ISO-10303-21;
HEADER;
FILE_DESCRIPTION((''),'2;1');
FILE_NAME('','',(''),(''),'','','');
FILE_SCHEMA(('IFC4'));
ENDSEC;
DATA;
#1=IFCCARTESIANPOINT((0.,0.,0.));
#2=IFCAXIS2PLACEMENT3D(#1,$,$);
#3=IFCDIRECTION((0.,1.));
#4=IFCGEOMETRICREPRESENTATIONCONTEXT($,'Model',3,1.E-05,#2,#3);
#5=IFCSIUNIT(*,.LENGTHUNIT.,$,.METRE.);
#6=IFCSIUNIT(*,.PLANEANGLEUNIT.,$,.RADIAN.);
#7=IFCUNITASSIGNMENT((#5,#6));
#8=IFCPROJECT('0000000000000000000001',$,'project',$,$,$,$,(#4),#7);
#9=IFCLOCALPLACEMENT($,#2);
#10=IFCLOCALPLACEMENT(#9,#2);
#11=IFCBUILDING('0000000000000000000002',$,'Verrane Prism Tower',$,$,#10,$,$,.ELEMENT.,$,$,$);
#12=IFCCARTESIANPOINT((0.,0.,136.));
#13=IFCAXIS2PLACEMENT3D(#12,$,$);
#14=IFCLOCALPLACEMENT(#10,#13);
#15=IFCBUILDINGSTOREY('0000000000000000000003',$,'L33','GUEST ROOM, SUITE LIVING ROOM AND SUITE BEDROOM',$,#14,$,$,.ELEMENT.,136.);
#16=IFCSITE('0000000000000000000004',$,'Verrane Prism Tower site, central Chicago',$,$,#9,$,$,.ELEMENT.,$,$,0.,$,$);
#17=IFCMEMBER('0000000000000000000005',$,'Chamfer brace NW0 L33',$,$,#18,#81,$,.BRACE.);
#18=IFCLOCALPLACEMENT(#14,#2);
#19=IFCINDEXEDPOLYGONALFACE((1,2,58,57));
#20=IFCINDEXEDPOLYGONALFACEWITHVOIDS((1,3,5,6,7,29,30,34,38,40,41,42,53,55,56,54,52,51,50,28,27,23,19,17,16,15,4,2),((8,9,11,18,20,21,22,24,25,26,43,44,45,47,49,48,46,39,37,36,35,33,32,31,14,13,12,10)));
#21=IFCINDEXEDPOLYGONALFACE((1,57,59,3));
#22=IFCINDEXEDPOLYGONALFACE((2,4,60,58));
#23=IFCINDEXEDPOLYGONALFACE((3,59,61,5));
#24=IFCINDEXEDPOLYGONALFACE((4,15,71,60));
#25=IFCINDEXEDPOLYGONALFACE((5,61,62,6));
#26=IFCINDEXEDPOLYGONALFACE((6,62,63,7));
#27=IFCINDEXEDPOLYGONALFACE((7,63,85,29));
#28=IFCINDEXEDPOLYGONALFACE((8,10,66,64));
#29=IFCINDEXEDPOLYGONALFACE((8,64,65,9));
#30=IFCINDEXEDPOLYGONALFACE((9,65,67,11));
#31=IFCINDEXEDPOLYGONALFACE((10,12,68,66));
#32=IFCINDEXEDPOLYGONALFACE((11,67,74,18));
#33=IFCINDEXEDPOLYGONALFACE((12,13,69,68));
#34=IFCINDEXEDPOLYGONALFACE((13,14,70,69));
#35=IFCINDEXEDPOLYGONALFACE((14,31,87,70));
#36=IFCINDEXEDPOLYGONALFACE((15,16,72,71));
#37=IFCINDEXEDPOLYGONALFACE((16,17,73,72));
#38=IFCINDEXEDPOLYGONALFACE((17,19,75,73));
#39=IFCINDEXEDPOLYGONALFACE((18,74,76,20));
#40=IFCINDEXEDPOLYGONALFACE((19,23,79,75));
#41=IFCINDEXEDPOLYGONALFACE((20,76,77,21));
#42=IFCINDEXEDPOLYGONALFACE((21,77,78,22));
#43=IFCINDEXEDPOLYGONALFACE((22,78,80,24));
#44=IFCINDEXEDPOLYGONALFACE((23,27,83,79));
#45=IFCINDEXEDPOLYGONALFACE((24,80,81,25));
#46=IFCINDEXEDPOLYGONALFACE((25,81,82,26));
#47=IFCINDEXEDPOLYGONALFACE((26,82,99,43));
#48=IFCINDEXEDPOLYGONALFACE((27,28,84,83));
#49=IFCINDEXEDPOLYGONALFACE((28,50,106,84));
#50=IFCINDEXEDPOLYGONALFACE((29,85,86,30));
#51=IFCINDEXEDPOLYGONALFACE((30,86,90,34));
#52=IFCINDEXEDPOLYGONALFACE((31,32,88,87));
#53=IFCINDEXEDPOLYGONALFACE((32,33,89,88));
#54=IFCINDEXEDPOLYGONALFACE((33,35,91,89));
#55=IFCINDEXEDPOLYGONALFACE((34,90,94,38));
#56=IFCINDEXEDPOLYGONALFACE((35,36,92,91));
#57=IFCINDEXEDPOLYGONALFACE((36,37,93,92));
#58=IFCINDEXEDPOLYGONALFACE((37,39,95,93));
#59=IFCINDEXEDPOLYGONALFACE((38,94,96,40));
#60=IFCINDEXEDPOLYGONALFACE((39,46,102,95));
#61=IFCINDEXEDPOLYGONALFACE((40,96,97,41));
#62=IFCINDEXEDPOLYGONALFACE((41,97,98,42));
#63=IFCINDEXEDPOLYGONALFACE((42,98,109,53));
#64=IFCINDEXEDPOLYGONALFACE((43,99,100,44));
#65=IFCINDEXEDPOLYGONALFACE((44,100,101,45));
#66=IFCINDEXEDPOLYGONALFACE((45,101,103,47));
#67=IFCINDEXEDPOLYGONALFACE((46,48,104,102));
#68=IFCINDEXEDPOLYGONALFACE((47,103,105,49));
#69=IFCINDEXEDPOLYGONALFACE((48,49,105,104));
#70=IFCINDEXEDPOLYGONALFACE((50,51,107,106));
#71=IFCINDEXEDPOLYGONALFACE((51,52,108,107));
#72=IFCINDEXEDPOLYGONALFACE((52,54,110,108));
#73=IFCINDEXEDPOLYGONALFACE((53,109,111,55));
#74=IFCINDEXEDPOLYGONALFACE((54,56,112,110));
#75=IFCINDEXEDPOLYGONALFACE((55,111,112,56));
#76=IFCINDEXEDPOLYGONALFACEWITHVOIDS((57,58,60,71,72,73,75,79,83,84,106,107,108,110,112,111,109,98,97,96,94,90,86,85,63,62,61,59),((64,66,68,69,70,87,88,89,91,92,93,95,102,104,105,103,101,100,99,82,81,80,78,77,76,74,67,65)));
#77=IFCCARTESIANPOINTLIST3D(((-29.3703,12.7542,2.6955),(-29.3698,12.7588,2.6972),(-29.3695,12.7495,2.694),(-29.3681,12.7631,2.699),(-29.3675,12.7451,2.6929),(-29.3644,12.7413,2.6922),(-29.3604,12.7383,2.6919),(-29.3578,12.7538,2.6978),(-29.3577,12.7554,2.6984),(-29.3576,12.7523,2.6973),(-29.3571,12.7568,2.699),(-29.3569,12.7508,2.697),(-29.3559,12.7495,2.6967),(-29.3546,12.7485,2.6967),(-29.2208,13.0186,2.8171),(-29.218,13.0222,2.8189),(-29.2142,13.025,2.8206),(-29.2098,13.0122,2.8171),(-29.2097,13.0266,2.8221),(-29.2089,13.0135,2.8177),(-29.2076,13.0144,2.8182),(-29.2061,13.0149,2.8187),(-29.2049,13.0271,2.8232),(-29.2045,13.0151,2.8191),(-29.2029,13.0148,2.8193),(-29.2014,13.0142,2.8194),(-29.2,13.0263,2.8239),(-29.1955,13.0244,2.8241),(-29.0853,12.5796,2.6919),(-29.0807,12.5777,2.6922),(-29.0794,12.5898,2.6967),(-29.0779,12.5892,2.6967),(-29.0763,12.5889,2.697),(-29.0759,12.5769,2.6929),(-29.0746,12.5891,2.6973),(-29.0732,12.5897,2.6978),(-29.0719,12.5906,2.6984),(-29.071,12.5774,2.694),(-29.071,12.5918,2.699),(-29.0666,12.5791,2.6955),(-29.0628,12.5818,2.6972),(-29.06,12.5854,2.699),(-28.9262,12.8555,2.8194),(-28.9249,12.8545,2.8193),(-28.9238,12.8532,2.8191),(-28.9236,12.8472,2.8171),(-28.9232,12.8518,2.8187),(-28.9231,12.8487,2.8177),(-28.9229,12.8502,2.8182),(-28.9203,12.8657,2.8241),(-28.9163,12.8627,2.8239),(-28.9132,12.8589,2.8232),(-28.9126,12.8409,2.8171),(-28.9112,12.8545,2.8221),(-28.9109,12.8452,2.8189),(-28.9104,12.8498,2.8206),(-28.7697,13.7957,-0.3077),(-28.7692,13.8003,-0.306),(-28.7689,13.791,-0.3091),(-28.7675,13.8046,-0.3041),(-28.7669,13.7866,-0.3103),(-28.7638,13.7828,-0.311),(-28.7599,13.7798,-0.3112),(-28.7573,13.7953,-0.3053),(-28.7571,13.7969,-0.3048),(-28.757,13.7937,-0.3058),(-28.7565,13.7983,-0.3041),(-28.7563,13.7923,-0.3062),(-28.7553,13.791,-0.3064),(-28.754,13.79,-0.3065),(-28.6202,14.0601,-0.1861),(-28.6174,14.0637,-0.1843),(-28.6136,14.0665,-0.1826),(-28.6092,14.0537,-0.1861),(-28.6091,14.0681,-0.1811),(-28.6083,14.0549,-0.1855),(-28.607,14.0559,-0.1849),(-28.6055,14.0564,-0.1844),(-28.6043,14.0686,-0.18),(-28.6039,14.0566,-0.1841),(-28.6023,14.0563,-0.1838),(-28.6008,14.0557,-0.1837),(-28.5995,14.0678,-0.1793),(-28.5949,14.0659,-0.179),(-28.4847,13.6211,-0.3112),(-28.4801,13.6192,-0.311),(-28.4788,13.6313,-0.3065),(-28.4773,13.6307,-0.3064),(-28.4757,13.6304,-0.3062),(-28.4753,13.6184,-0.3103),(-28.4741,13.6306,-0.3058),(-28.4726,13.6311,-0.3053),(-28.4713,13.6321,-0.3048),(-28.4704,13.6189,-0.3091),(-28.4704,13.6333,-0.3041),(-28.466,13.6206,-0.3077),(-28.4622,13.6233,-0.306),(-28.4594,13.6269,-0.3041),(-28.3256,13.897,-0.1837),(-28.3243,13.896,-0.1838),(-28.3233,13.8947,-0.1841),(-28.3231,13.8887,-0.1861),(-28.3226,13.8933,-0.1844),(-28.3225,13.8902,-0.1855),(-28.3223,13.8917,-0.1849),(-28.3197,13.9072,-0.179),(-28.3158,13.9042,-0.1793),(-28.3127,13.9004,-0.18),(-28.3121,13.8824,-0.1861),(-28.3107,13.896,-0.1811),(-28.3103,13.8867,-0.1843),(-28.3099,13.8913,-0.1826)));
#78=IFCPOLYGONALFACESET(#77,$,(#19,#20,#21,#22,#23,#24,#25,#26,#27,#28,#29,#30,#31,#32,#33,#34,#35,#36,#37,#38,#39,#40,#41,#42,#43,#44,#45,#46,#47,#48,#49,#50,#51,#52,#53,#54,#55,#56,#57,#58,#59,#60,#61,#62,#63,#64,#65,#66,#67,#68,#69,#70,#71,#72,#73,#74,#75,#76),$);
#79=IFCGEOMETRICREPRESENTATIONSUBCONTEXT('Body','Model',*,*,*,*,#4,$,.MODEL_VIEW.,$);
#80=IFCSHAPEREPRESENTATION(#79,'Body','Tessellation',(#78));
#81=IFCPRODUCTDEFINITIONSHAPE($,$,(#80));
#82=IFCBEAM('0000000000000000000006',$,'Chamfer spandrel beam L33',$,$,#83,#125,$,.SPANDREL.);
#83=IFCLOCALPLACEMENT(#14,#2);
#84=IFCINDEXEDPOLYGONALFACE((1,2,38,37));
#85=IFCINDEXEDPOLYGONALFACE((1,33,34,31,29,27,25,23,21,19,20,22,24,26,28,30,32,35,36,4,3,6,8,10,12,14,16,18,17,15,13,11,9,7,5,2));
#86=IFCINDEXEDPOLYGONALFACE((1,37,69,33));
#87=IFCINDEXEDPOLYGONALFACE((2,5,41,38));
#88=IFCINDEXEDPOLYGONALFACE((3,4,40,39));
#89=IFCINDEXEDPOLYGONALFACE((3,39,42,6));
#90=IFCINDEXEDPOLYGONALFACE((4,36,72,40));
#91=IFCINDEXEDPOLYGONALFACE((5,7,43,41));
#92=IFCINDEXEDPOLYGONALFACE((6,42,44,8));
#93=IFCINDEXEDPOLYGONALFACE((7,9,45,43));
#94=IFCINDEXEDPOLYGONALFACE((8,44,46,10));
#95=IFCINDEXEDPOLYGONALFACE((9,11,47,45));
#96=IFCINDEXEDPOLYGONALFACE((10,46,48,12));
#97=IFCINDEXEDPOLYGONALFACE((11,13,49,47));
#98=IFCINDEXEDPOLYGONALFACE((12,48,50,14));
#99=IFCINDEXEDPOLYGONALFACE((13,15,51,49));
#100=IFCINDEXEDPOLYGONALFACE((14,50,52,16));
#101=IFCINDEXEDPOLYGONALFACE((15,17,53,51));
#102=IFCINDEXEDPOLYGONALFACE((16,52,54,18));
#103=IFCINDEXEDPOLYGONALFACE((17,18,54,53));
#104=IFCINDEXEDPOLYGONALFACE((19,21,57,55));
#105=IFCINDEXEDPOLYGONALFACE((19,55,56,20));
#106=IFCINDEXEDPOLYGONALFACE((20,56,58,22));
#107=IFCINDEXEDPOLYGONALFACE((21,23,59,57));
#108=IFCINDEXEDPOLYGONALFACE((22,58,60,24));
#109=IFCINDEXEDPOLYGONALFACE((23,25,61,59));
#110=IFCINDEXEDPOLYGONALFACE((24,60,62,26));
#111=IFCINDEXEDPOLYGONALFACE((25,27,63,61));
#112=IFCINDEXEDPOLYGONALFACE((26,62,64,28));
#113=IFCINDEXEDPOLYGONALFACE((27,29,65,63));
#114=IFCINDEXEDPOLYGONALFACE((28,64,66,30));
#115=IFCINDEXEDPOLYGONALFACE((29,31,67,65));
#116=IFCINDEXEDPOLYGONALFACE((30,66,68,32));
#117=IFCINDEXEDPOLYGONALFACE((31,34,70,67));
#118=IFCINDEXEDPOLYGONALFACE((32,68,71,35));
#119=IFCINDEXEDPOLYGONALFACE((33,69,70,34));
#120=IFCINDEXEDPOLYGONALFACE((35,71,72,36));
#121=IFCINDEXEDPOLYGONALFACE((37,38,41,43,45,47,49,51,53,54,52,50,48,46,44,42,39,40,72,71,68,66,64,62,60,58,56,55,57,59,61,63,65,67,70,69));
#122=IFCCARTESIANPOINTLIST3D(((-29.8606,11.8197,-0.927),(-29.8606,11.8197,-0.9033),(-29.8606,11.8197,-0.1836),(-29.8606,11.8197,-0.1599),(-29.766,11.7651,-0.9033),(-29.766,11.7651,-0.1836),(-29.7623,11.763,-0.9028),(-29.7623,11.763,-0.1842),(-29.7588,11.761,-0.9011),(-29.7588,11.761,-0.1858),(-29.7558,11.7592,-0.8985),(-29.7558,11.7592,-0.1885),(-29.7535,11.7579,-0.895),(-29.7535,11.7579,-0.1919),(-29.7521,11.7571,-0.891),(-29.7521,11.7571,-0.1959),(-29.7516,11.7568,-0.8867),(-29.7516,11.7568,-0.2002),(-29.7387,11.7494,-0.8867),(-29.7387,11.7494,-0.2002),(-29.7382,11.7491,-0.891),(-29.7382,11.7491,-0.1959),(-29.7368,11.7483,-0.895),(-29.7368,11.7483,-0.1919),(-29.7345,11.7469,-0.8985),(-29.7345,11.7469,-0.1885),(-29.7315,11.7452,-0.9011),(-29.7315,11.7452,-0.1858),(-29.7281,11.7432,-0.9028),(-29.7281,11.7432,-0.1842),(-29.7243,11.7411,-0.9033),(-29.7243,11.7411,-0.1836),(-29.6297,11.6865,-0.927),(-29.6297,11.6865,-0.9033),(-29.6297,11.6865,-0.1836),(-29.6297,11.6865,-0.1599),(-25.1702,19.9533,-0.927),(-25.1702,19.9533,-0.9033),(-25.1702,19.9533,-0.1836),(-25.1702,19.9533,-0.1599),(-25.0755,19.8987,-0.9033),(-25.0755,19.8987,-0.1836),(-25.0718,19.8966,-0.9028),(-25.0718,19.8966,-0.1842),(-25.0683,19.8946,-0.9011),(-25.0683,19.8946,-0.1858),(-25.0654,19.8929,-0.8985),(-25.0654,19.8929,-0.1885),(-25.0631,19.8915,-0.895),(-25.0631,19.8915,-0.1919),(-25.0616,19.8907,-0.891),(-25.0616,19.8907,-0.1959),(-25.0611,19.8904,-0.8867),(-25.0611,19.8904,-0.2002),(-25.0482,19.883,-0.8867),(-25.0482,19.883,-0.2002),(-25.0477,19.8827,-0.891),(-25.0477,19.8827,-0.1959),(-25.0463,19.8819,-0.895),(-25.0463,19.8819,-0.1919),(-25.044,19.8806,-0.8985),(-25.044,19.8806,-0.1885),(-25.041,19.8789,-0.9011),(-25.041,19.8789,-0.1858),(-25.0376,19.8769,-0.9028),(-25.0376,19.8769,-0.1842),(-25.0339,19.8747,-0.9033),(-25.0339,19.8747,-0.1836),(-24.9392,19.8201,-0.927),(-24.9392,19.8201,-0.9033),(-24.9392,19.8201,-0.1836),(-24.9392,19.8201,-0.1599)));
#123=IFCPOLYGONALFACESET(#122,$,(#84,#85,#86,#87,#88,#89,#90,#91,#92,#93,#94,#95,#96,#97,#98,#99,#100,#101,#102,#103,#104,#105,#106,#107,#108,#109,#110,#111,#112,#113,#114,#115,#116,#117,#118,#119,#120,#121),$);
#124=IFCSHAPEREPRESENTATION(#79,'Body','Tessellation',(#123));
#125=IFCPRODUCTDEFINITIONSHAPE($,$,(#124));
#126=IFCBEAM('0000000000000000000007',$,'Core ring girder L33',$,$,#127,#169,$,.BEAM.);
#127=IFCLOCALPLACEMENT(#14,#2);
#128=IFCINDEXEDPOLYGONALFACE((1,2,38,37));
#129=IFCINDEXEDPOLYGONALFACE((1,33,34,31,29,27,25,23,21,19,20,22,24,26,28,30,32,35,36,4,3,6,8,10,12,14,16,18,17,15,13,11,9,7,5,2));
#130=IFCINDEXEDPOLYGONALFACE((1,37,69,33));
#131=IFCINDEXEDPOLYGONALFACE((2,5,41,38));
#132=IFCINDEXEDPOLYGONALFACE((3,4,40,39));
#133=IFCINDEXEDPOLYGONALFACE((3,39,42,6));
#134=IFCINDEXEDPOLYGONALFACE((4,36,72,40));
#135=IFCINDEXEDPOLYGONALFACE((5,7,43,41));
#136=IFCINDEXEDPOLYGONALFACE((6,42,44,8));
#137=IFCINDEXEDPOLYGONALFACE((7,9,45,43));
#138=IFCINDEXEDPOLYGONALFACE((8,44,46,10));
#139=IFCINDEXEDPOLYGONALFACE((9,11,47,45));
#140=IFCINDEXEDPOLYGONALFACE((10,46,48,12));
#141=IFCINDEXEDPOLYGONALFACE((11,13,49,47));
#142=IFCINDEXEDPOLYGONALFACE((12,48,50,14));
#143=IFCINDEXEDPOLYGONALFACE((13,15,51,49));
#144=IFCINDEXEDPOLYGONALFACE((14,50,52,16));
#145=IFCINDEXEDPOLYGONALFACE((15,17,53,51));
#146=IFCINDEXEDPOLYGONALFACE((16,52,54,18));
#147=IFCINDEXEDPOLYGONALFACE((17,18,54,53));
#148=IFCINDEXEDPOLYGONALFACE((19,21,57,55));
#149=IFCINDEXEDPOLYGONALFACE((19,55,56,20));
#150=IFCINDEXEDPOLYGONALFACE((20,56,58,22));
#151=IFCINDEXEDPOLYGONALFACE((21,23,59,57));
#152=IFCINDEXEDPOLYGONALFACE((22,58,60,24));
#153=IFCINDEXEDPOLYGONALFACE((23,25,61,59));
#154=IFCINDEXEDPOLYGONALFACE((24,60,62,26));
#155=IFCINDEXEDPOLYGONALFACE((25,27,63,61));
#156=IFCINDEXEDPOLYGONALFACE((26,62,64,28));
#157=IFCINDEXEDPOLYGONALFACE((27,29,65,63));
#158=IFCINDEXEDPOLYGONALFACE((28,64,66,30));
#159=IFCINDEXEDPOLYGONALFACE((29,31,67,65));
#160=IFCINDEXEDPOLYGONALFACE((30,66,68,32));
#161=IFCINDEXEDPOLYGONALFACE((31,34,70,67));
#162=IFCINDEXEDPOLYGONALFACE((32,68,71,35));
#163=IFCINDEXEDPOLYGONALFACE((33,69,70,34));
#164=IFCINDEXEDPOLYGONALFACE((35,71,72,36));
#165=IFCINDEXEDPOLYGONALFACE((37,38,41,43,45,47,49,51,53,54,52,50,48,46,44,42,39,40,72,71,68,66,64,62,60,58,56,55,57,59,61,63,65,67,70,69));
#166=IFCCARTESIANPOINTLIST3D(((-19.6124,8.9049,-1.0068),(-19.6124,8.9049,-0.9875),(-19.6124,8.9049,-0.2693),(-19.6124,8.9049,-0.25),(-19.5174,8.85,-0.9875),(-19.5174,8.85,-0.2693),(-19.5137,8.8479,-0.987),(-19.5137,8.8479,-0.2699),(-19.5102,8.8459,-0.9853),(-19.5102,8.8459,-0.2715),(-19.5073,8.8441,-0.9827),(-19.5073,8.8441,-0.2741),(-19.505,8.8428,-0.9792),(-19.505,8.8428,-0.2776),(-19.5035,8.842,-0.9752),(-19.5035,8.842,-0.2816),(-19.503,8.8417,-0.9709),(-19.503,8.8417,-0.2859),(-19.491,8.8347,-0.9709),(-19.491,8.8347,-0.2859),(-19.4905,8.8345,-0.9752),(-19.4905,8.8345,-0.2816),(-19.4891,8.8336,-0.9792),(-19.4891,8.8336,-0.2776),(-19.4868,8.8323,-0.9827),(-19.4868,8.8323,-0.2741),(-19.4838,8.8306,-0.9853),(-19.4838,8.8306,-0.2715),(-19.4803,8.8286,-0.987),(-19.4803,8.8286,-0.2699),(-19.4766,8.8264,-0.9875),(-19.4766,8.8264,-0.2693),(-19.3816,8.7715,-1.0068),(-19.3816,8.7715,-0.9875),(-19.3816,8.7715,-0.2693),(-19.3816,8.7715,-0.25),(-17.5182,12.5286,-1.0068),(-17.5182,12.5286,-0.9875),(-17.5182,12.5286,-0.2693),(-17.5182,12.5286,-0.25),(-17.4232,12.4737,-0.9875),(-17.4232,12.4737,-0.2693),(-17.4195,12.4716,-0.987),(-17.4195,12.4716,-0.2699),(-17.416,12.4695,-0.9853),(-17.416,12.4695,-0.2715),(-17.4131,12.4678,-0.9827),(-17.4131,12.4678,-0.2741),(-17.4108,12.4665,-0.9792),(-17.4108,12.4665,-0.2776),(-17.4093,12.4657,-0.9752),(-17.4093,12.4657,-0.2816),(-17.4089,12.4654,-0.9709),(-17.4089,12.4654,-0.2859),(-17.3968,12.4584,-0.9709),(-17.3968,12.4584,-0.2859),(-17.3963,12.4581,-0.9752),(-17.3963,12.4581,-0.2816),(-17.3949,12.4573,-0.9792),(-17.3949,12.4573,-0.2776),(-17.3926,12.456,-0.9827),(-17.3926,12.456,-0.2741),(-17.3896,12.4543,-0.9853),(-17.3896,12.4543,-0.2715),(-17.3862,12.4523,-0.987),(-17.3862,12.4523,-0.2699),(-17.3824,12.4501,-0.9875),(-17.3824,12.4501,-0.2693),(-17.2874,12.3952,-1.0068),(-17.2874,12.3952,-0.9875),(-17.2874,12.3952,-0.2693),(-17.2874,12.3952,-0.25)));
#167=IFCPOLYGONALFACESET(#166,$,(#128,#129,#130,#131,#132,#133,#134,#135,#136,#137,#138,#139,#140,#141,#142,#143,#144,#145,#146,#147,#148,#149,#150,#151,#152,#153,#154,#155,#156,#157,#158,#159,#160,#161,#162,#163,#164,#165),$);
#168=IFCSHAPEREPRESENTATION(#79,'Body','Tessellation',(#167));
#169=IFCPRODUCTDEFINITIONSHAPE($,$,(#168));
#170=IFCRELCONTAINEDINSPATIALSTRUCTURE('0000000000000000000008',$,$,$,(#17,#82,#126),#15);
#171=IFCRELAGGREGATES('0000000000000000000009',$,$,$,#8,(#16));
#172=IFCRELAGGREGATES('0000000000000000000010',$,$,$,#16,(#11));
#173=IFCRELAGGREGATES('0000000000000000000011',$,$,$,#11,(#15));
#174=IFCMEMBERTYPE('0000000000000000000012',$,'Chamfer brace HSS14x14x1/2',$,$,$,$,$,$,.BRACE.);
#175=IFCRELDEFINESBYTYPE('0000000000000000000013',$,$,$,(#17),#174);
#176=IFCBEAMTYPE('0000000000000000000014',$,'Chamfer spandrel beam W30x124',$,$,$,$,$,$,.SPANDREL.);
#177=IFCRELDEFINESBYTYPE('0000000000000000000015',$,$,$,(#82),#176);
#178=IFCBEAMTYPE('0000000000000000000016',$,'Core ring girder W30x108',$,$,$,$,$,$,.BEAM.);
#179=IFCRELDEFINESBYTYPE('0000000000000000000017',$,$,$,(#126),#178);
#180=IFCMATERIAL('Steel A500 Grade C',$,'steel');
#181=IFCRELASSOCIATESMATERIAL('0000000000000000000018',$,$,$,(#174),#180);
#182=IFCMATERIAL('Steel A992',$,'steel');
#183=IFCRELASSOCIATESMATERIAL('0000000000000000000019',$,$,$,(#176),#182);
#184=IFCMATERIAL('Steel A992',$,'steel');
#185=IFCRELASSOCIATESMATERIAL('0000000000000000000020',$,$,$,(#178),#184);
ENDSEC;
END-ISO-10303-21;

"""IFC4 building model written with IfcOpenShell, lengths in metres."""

from ifc_helpers import new_model, si_unit, direction, frame, origin, origin_2d, place, context, subcontext, project, spatial, hollow_rectangle, i_section, extrude, material, material_profile, profile_set, type_object, element, save


model = new_model("IFC4")

# Units and contexts
model_context = context("Model", 3, precision=1e-05, world=origin(), true_north=direction((0.0, 1.0)))
body_context = subcontext(model_context, "Body", "Model", "MODEL_VIEW")
ifc_project = project(units=[si_unit("LENGTHUNIT", "METRE"), si_unit("PLANEANGLEUNIT", "RADIAN")], contexts=[model_context])

# Site, building, storey
site_placement = place(None, origin())
site = spatial("IfcSite", under=ifc_project, at=site_placement, Name="Verrane Prism Tower site, central Chicago", CompositionType="ELEMENT", RefElevation=0.0)
building_placement = place(site_placement, origin())
building = spatial("IfcBuilding", under=site, at=building_placement, Name="Verrane Prism Tower", CompositionType="ELEMENT")
storey_placement = place(building_placement, frame((0.0, 0.0, 136.0)))
storey = spatial("IfcBuildingStorey", under=building, at=storey_placement, Name="L33", Description="GUEST ROOM, SUITE LIVING ROOM AND SUITE BEDROOM", CompositionType="ELEMENT", Elevation=136.0)

# Member
ifc_material_1 = material(Name="Steel A500 Grade C", Category="steel")
ifc_material_profile_1 = material_profile(ifc_material_1, hollow_rectangle(XDim=0.3557, YDim=0.3557, WallThickness=0.0127, InnerFilletRadius=0.0063, OuterFilletRadius=0.019, at=origin_2d()), Name="HSS14x14x1/2")
ifc_profile_set_1 = profile_set([ifc_material_profile_1], Name="Steel A500 Grade C")
member_type_1 = type_object("IfcMemberType", Name="Chamfer brace HSS14x14x1/2", PredefinedType="BRACE", material=ifc_profile_set_1)
member_1_placement = place(storey_placement, frame((-28.5398, 13.8435, -0.2451), z_axis=(-0.185659, -0.32196, 0.928371), x_axis=(0.866287, -0.499547, 0.0)))
element("IfcMember", 1, at=member_1_placement, inside=storey, type_object=member_type_1, Name="Chamfer brace NW0 L33", PredefinedType="BRACE", context=body_context, shape_type="SweptSolid", body=[
    extrude(hollow_rectangle(XDim=0.3557, YDim=0.3557, WallThickness=0.0127, InnerFilletRadius=0.0063, OuterFilletRadius=0.019, at=origin_2d()), origin(), (0.0, 0.0, 1.0), 3.2349),
])

# Beams
ifc_material_2 = material(Name="Steel A992", Category="steel")
ifc_material_profile_2 = material_profile(ifc_material_2, i_section(OverallWidth=0.2666, OverallDepth=0.7671, WebThickness=0.0149, FlangeThickness=0.0237, FilletRadius=0.0166, at=origin_2d()), Name="W30x124")
ifc_profile_set_2 = profile_set([ifc_material_profile_2], Name="Steel A992")
beam_type_1 = type_object("IfcBeamType", Name="Chamfer spandrel beam W30x124", PredefinedType="SPANDREL", material=ifc_profile_set_2)
beam_1_placement = place(storey_placement, frame((-25.0547, 19.8867, -0.5435), z_axis=(-0.499563, -0.866278, 0.0), x_axis=(0.866278, -0.499563, 0.0)))
element("IfcBeam", 2, at=beam_1_placement, inside=storey, type_object=beam_type_1, Name="Chamfer spandrel beam L33", PredefinedType="SPANDREL", context=body_context, shape_type="SweptSolid", body=[
    extrude(i_section(OverallWidth=0.2666, OverallDepth=0.7671, WebThickness=0.0149, FlangeThickness=0.0237, FilletRadius=0.0166, at=origin_2d()), origin(), (0.0, 0.0, 1.0), 9.3892),
])
ifc_material_3 = material(Name="Steel A992", Category="steel")
ifc_material_profile_3 = material_profile(ifc_material_3, i_section(OverallWidth=0.2666, OverallDepth=0.7568, WebThickness=0.0139, FlangeThickness=0.0193, FilletRadius=0.0166, at=origin_2d()), Name="W30x108")
ifc_profile_set_3 = profile_set([ifc_material_profile_3], Name="Steel A992")
beam_type_2 = type_object("IfcBeamType", Name="Core ring girder W30x108", PredefinedType="BEAM", material=ifc_profile_set_3)
beam_2_placement = place(storey_placement, frame((-17.4028, 12.4619, -0.6284), z_axis=(-0.500367, -0.865813, 0.0), x_axis=(0.865813, -0.500367, 0.0)))
element("IfcBeam", 3, at=beam_2_placement, inside=storey, type_object=beam_type_2, Name="Core ring girder L33", PredefinedType="BEAM", context=body_context, shape_type="SweptSolid", body=[
    extrude(i_section(OverallWidth=0.2666, OverallDepth=0.7568, WebThickness=0.0139, FlangeThickness=0.0193, FilletRadius=0.0166, at=origin_2d()), origin(), (0.0, 0.0, 1.0), 4.1853),
])

save(model, "model.ifc")
